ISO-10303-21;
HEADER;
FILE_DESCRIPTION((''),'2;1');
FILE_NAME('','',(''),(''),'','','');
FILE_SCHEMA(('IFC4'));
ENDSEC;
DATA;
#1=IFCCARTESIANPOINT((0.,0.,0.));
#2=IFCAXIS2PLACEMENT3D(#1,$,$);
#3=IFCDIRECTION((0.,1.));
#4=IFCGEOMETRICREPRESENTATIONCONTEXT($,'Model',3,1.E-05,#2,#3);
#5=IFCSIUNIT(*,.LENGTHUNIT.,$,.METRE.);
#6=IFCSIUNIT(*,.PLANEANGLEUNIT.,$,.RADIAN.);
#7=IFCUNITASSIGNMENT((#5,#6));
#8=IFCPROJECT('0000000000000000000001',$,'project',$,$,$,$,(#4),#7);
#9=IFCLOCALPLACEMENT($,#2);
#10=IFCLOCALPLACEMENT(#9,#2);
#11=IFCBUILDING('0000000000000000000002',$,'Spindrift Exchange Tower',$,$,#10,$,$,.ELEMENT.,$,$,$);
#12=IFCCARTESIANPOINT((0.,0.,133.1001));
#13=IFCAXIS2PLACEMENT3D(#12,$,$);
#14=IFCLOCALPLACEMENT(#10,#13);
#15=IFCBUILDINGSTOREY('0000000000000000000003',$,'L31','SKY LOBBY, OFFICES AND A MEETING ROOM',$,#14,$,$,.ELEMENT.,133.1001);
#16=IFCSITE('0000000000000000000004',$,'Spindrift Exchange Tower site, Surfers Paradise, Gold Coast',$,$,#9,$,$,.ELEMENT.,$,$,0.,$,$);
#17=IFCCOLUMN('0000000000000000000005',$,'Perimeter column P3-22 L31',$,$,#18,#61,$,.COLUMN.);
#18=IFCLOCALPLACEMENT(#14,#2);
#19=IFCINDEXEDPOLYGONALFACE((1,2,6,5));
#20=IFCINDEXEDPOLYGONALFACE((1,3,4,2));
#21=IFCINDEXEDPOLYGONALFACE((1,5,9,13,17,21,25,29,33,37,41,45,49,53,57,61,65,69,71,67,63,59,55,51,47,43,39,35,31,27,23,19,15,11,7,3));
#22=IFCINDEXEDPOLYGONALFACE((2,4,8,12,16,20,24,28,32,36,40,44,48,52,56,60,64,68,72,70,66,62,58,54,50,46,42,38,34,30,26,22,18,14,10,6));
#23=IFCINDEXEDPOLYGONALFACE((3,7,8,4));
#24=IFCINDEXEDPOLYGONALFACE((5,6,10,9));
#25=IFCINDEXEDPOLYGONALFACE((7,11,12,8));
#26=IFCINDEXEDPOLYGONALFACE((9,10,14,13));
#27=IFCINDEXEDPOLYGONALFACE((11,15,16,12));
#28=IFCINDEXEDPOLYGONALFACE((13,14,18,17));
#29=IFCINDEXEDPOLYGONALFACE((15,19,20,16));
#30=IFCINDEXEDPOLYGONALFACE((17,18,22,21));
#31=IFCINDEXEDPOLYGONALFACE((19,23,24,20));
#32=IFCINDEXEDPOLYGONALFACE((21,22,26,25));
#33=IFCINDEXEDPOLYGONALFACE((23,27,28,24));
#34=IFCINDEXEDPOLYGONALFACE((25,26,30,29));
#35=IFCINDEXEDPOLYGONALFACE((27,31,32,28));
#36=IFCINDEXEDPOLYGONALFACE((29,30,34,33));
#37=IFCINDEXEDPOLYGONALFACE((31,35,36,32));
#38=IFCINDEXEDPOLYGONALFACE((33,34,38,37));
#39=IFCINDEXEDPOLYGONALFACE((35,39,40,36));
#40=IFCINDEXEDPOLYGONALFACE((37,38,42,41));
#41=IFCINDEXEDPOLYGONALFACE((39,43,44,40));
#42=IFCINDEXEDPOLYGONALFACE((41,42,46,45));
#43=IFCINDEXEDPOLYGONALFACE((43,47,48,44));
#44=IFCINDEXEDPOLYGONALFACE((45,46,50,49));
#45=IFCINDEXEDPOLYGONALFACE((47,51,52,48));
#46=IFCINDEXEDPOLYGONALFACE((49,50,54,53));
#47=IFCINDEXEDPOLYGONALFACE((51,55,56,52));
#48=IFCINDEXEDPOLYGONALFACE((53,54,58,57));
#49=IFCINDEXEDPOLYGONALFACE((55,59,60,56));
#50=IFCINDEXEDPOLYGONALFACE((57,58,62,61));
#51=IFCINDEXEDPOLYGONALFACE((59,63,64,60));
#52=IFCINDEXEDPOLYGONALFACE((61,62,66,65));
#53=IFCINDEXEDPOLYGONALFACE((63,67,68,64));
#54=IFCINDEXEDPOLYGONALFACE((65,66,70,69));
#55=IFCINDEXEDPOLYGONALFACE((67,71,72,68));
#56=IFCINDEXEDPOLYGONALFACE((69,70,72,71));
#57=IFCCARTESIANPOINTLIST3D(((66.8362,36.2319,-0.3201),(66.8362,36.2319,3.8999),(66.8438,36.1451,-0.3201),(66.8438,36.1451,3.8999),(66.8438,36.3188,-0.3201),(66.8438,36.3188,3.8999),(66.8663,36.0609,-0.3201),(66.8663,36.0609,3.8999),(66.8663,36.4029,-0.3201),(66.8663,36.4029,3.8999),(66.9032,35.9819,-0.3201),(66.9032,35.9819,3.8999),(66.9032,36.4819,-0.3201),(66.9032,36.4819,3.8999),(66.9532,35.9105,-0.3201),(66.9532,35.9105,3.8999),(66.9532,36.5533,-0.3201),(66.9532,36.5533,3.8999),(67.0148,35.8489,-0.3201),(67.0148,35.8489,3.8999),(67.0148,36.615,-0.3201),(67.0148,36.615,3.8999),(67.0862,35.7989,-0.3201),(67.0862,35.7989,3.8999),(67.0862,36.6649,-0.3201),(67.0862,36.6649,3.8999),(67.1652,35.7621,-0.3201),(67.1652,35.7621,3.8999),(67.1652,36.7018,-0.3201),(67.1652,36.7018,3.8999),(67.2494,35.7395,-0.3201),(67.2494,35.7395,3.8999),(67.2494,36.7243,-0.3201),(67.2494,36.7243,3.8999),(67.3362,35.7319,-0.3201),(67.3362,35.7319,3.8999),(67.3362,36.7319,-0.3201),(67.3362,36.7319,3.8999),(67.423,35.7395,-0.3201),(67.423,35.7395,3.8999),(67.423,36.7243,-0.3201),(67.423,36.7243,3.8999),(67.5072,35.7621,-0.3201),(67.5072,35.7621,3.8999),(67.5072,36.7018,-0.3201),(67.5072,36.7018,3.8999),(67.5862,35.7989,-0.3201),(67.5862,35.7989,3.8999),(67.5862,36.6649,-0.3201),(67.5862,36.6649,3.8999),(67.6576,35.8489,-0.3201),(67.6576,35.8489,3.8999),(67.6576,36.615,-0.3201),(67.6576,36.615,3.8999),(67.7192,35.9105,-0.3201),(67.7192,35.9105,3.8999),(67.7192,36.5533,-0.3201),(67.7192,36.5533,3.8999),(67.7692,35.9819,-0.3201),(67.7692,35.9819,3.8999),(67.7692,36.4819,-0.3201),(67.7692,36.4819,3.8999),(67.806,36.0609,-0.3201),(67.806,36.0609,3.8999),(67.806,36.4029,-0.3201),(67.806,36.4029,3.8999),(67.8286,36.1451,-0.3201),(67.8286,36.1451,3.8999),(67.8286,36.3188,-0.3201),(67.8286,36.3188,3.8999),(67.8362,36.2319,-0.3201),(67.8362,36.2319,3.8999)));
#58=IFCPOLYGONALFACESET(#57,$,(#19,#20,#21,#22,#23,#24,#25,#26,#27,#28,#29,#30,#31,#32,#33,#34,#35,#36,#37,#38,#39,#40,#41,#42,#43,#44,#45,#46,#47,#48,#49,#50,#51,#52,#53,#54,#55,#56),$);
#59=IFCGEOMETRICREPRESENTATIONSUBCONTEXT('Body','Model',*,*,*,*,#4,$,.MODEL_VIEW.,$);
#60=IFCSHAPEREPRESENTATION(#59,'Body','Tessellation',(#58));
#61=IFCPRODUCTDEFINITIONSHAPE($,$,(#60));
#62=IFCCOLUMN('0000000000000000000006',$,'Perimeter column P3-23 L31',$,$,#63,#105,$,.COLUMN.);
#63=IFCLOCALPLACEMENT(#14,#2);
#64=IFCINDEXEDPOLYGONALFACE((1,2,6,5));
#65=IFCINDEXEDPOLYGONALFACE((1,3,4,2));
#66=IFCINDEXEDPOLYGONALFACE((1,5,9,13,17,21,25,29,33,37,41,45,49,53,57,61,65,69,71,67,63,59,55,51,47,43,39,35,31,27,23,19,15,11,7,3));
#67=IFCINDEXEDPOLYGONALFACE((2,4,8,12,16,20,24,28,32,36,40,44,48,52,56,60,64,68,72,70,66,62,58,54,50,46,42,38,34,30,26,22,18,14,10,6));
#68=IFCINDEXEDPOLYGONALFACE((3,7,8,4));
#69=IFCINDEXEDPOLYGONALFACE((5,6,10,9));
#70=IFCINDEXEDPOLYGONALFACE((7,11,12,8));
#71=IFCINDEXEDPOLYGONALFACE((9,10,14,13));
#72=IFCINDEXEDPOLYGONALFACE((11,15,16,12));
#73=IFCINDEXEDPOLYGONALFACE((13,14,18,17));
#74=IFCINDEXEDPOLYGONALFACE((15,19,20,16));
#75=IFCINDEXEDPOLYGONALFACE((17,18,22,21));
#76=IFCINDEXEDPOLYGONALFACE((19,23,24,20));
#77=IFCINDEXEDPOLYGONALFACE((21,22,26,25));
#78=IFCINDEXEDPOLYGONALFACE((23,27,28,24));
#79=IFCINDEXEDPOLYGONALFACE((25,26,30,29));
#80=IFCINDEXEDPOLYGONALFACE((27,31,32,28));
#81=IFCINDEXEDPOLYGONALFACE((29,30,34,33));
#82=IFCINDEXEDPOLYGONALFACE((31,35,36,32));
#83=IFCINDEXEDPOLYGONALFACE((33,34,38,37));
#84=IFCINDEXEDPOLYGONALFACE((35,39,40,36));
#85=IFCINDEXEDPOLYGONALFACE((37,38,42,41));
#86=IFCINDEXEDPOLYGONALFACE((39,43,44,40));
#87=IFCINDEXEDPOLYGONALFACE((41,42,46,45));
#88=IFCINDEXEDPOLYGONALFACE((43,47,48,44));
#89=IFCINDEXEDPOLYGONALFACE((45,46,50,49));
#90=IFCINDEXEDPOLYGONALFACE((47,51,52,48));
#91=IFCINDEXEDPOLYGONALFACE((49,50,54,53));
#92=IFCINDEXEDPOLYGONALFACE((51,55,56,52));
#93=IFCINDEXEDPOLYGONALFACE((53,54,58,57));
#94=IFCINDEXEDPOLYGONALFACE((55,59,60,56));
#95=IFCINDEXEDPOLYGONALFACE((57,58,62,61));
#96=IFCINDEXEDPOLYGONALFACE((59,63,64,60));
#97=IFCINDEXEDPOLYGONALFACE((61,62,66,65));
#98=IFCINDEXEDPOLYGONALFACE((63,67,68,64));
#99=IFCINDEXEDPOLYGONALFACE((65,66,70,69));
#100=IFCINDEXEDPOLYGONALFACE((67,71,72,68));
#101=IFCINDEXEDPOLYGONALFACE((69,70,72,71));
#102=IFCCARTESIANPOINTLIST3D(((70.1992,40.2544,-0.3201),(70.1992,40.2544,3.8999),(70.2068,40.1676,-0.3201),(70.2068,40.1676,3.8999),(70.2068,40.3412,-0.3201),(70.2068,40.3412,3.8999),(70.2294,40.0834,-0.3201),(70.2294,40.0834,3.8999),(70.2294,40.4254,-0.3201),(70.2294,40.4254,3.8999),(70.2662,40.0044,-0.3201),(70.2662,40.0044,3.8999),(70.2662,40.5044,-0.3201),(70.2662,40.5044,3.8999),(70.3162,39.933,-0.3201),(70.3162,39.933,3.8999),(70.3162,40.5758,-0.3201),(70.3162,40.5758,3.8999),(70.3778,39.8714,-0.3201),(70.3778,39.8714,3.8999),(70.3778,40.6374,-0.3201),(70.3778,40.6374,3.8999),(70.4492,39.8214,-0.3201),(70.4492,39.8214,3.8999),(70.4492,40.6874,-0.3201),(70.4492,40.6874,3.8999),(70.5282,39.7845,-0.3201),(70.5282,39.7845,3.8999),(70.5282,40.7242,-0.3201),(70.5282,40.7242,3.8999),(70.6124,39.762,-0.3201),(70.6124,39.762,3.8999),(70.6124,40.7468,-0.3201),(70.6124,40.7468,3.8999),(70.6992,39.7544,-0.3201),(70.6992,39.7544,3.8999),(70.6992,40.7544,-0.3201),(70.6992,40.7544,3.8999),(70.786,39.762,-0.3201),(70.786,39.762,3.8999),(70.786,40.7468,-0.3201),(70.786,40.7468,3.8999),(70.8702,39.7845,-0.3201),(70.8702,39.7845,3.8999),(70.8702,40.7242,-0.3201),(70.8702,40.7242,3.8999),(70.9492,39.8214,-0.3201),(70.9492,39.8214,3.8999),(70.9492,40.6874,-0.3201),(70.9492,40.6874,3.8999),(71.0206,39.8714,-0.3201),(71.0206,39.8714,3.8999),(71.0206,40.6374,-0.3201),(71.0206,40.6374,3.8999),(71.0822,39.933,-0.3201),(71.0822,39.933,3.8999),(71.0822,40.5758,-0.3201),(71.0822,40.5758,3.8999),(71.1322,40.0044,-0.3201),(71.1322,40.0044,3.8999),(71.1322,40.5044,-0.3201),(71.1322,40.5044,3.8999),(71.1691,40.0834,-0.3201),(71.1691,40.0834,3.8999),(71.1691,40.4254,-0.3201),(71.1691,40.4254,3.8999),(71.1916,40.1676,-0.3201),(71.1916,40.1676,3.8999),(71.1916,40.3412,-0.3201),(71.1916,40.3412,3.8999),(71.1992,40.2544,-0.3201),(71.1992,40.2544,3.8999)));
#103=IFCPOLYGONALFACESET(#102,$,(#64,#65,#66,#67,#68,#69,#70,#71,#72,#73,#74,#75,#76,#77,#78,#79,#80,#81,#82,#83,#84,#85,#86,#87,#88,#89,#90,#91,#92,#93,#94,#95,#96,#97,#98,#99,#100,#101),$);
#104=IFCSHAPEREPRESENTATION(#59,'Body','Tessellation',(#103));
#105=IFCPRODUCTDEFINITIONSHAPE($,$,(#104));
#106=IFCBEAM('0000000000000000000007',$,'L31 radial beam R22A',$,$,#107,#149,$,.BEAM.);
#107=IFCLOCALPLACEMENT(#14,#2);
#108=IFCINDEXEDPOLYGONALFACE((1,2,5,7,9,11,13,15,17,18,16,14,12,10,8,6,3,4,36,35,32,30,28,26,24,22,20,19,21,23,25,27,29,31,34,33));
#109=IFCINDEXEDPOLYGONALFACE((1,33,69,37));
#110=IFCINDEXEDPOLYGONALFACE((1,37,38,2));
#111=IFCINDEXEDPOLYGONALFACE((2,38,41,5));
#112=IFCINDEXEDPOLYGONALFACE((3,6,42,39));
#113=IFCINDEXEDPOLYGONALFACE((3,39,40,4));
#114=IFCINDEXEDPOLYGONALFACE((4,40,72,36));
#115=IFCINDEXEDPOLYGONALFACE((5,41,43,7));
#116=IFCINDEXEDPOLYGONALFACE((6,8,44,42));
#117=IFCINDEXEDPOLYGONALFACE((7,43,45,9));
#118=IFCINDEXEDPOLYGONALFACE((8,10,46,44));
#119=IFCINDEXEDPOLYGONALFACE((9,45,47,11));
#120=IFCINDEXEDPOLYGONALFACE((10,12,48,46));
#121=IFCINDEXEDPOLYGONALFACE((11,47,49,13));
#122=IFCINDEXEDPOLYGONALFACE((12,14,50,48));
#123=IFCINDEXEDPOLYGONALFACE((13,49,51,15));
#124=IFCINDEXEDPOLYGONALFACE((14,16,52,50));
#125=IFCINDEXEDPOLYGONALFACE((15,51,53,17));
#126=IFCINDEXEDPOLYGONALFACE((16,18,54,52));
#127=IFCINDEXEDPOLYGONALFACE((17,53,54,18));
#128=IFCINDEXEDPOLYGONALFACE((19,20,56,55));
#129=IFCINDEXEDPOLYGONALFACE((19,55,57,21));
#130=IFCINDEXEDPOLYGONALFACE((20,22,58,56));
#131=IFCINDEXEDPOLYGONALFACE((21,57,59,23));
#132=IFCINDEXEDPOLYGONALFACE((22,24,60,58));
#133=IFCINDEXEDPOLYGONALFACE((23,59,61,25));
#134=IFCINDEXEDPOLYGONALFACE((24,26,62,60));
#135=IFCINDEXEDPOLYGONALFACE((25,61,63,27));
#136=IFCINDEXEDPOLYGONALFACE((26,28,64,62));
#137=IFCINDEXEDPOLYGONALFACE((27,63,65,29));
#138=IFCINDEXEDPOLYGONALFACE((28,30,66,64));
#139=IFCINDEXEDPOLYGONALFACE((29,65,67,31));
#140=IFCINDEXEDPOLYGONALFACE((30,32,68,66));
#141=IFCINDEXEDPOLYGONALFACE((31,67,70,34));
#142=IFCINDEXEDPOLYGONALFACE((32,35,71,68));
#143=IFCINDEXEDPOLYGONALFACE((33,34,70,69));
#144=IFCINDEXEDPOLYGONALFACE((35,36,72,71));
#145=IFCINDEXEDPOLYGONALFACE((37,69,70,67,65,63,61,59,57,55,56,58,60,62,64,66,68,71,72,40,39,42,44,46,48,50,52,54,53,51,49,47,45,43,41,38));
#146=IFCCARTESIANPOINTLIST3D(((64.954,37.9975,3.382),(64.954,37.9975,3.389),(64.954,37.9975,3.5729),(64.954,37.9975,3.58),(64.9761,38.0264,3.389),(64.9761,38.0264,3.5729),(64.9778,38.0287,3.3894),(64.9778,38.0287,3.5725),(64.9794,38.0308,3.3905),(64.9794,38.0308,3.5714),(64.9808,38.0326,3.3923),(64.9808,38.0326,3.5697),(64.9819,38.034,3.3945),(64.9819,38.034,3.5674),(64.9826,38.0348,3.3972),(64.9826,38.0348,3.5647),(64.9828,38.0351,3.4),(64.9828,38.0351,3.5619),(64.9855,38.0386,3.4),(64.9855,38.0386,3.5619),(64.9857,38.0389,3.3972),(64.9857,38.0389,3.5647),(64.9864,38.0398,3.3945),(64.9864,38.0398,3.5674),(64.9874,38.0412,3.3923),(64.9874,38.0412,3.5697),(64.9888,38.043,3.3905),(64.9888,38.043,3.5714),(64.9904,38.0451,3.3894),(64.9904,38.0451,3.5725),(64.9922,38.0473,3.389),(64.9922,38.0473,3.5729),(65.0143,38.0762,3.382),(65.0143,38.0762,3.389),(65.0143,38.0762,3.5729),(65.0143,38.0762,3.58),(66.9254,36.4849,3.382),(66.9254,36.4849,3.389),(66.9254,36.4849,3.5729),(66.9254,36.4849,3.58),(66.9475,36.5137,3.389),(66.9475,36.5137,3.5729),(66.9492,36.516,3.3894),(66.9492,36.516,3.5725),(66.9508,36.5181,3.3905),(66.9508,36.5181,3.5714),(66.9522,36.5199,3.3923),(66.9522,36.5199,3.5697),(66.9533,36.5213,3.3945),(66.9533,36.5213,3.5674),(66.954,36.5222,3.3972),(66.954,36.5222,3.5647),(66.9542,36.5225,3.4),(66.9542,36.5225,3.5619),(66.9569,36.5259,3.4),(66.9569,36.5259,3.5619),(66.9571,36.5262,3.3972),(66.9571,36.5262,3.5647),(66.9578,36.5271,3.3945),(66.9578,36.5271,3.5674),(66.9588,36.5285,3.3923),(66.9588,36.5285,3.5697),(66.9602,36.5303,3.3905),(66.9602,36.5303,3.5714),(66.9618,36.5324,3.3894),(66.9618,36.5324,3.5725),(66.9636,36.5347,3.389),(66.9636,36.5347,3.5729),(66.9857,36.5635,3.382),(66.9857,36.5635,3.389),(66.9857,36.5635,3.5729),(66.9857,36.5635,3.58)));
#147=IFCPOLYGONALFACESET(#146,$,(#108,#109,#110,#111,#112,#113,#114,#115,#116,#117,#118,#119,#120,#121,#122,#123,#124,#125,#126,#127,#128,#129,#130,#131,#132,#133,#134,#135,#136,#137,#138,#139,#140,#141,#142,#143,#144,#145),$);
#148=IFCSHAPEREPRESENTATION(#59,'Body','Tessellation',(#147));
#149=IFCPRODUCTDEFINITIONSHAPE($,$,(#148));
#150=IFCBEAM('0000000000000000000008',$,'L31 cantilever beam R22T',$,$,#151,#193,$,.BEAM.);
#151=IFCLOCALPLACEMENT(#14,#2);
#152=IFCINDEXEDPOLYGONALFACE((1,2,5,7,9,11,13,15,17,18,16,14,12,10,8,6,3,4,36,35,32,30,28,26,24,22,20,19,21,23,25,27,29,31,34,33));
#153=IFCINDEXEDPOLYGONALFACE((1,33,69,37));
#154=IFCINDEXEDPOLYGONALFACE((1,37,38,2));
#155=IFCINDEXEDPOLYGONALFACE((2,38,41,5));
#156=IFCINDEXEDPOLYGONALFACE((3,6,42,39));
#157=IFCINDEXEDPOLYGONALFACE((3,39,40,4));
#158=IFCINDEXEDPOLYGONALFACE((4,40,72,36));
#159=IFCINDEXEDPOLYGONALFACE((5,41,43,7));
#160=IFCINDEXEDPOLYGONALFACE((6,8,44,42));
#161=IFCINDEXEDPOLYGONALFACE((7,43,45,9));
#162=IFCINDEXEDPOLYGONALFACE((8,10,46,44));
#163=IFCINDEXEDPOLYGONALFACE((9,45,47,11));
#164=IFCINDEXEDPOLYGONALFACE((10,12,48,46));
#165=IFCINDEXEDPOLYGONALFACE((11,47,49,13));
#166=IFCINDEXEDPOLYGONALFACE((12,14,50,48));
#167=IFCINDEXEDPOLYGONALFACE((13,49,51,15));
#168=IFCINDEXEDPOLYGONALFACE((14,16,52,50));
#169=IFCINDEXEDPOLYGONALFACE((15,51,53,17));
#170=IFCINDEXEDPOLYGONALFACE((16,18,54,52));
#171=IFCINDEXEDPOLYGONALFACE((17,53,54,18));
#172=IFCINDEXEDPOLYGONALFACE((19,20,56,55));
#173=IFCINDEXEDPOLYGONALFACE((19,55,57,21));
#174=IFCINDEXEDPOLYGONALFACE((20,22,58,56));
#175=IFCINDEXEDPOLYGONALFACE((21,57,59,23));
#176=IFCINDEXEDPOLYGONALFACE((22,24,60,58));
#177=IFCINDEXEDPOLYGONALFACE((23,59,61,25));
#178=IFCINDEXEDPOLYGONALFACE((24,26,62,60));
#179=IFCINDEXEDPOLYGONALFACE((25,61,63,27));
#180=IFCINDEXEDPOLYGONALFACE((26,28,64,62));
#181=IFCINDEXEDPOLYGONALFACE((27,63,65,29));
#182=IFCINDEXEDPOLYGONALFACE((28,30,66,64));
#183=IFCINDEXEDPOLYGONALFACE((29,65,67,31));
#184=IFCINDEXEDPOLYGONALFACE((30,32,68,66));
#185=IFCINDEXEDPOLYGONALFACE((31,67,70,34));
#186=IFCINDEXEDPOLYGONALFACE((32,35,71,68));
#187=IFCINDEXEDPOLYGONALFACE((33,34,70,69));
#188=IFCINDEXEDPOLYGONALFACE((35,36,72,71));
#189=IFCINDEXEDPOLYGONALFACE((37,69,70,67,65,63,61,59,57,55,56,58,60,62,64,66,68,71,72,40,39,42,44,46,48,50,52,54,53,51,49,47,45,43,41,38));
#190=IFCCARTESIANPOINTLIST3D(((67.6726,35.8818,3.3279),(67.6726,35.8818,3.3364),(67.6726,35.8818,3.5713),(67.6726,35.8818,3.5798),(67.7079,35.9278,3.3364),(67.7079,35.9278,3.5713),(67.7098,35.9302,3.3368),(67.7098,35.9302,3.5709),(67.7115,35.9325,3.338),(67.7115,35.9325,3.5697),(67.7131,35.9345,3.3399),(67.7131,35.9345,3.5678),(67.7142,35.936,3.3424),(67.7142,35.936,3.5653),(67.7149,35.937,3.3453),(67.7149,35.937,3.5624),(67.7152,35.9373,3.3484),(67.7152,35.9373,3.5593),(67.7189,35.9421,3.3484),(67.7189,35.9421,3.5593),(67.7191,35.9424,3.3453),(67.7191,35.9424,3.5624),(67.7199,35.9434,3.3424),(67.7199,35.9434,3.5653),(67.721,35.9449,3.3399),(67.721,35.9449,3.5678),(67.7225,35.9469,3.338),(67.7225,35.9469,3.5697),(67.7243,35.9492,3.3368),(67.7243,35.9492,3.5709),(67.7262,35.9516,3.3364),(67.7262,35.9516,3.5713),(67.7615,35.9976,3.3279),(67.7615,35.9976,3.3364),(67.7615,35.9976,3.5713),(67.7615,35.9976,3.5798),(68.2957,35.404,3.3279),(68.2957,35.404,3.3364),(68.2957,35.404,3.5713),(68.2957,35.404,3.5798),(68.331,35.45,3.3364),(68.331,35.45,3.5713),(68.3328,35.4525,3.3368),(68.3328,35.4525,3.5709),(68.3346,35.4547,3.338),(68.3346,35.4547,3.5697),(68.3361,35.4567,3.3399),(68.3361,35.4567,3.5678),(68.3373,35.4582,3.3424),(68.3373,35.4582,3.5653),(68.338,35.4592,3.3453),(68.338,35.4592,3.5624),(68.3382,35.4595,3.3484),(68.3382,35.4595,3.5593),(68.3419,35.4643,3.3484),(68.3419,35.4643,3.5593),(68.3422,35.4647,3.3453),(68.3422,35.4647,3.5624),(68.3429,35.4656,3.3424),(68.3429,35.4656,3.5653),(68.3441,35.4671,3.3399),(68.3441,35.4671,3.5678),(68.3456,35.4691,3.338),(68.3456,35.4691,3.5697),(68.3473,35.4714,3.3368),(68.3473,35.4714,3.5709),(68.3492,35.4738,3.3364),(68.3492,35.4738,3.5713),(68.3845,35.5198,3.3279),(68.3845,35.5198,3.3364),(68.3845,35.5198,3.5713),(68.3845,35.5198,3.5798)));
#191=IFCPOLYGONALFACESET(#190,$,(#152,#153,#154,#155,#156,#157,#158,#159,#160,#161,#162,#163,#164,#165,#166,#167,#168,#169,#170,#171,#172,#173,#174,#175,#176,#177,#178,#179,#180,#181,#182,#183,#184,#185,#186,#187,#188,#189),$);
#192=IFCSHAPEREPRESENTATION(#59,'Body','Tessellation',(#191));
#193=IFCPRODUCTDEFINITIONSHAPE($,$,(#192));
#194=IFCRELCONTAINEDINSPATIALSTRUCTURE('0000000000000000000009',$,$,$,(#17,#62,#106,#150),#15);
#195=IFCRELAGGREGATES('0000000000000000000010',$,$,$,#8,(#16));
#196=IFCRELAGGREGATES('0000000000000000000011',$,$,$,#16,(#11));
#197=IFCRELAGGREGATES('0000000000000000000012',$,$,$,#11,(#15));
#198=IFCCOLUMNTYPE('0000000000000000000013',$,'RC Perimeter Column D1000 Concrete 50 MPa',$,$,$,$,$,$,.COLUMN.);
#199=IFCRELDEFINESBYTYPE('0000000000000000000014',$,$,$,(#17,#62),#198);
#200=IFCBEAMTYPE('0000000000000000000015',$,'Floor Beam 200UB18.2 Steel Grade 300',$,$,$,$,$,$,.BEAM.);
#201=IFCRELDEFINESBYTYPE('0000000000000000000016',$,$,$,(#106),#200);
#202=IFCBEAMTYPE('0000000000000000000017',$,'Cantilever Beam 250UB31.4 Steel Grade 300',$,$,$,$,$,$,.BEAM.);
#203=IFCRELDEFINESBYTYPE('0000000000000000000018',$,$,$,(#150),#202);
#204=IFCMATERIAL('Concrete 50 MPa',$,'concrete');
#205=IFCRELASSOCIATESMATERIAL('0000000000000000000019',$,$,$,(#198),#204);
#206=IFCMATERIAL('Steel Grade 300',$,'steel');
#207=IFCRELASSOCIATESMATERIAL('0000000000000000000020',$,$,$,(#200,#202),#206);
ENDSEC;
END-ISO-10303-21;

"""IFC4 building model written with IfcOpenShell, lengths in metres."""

from ifc_helpers import new_model, si_unit, direction, frame, origin, origin_2d, place, context, subcontext, project, spatial, circle, i_section, extrude, source, transform, mapped, material, material_profile, profile_set, type_object, element, save


model = new_model("IFC4")

# Units and contexts
model_context = context("Model", 3, precision=1e-05, world=origin(), true_north=direction((0.0, 1.0)))
body_context = subcontext(model_context, "Body", "Model", "MODEL_VIEW")
ifc_project = project(units=[si_unit("LENGTHUNIT", "METRE"), si_unit("PLANEANGLEUNIT", "RADIAN")], contexts=[model_context])

# Site, building, storey
site_placement = place(None, origin())
site = spatial("IfcSite", under=ifc_project, at=site_placement, Name="Spindrift Exchange Tower site, Surfers Paradise, Gold Coast", CompositionType="ELEMENT", RefElevation=0.0)
building_placement = place(site_placement, origin())
building = spatial("IfcBuilding", under=site, at=building_placement, Name="Spindrift Exchange Tower", CompositionType="ELEMENT")
storey_placement = place(building_placement, frame((0.0, 0.0, 133.1001)))
storey = spatial("IfcBuildingStorey", under=building, at=storey_placement, Name="L31", Description="SKY LOBBY, OFFICES AND A MEETING ROOM", CompositionType="ELEMENT", Elevation=133.1001)

# Columns
ifc_material_1 = material(Name="Concrete 50 MPa", Category="concrete")
ifc_material_profile_1 = material_profile(ifc_material_1, circle(Radius=0.5, at=origin_2d()), Name="RC D1000")
ifc_profile_set_1 = profile_set([ifc_material_profile_1], Name="Concrete 50 MPa")
column_type = type_object("IfcColumnType", Name="RC Perimeter Column D1000 Concrete 50 MPa", PredefinedType="COLUMN", material=ifc_profile_set_1)
shared_shape_1 = source(origin(), body_context, "Body", "SweptSolid", [
    extrude(circle(Radius=0.5, at=origin_2d()), origin(), (0.0, 0.0, 1.0), 4.22),
])
for number, where, z_axis, x_axis, name in (
    (1, (67.3362, 36.2319, -0.3201), (0.0, 0.0, 1.0), (1.0, 0.0, 0.0), "Perimeter column P3-22 L31"),
    (2, (70.6992, 40.2544, -0.3201), (0.0, 0.0, 1.0), (1.0, 0.0, 0.0), "Perimeter column P3-23 L31"),
):
    element("IfcColumn", number, at=place(storey_placement, frame(where, z_axis=z_axis, x_axis=x_axis)), inside=storey, type_object=column_type, Name=name, PredefinedType="COLUMN", context=body_context, shape_type="MappedRepresentation", body=[
        mapped(shared_shape_1, transform((0.0, 0.0, 0.0), scale=1.0)),
    ])

# Beams
ifc_material_2 = material(Name="Steel Grade 300", Category="steel")
ifc_material_profile_2 = material_profile(ifc_material_2, i_section(OverallWidth=0.0991, OverallDepth=0.198, WebThickness=0.0044, FlangeThickness=0.0071, FilletRadius=0.011, at=origin_2d()), Name="200UB18.2")
ifc_profile_set_2 = profile_set([ifc_material_profile_2], Name="Steel Grade 300")
beam_type_1 = type_object("IfcBeamType", Name="Floor Beam 200UB18.2 Steel Grade 300", PredefinedType="BEAM", material=ifc_profile_set_2)
shared_shape_2 = source(origin(), body_context, "Body", "SweptSolid", [
    extrude(i_section(OverallWidth=0.0991, OverallDepth=0.198, WebThickness=0.0044, FlangeThickness=0.0071, FilletRadius=0.011, at=origin_2d()), origin(), (0.0, 0.0, 1.0), 2.4849),
])
beam_1_placement = place(storey_placement, frame((64.9841, 38.0369, 3.481), z_axis=(0.793361, -0.608751, 0.0), x_axis=(0.608751, 0.793361, 0.0)))
element("IfcBeam", 3, at=beam_1_placement, inside=storey, type_object=beam_type_1, Name="L31 radial beam R22A", PredefinedType="BEAM", context=body_context, shape_type="MappedRepresentation", body=[
    mapped(shared_shape_2, transform((0.0, 0.0, 0.0), scale=1.0)),
])
ifc_material_profile_3 = material_profile(ifc_material_2, i_section(OverallWidth=0.146, OverallDepth=0.252, WebThickness=0.0061, FlangeThickness=0.0085, FilletRadius=0.012, at=origin_2d()), Name="250UB31.4")
ifc_profile_set_3 = profile_set([ifc_material_profile_3], Name="Steel Grade 300")
beam_type_2 = type_object("IfcBeamType", Name="Cantilever Beam 250UB31.4 Steel Grade 300", PredefinedType="BEAM", material=ifc_profile_set_3)
shared_shape_3 = source(origin(), body_context, "Body", "SweptSolid", [
    extrude(i_section(OverallWidth=0.146, OverallDepth=0.252, WebThickness=0.0061, FlangeThickness=0.0085, FilletRadius=0.012, at=origin_2d()), origin(), (0.0, 0.0, 1.0), 0.7852),
])
beam_2_placement = place(storey_placement, frame((67.717, 35.9397, 3.4539), z_axis=(0.793536, -0.608523, 0.0), x_axis=(0.608523, 0.793536, 0.0)))
element("IfcBeam", 4, at=beam_2_placement, inside=storey, type_object=beam_type_2, Name="L31 cantilever beam R22T", PredefinedType="BEAM", context=body_context, shape_type="MappedRepresentation", body=[
    mapped(shared_shape_3, transform((0.0, 0.0, 0.0), scale=1.0)),
])

save(model, "model.ifc")
